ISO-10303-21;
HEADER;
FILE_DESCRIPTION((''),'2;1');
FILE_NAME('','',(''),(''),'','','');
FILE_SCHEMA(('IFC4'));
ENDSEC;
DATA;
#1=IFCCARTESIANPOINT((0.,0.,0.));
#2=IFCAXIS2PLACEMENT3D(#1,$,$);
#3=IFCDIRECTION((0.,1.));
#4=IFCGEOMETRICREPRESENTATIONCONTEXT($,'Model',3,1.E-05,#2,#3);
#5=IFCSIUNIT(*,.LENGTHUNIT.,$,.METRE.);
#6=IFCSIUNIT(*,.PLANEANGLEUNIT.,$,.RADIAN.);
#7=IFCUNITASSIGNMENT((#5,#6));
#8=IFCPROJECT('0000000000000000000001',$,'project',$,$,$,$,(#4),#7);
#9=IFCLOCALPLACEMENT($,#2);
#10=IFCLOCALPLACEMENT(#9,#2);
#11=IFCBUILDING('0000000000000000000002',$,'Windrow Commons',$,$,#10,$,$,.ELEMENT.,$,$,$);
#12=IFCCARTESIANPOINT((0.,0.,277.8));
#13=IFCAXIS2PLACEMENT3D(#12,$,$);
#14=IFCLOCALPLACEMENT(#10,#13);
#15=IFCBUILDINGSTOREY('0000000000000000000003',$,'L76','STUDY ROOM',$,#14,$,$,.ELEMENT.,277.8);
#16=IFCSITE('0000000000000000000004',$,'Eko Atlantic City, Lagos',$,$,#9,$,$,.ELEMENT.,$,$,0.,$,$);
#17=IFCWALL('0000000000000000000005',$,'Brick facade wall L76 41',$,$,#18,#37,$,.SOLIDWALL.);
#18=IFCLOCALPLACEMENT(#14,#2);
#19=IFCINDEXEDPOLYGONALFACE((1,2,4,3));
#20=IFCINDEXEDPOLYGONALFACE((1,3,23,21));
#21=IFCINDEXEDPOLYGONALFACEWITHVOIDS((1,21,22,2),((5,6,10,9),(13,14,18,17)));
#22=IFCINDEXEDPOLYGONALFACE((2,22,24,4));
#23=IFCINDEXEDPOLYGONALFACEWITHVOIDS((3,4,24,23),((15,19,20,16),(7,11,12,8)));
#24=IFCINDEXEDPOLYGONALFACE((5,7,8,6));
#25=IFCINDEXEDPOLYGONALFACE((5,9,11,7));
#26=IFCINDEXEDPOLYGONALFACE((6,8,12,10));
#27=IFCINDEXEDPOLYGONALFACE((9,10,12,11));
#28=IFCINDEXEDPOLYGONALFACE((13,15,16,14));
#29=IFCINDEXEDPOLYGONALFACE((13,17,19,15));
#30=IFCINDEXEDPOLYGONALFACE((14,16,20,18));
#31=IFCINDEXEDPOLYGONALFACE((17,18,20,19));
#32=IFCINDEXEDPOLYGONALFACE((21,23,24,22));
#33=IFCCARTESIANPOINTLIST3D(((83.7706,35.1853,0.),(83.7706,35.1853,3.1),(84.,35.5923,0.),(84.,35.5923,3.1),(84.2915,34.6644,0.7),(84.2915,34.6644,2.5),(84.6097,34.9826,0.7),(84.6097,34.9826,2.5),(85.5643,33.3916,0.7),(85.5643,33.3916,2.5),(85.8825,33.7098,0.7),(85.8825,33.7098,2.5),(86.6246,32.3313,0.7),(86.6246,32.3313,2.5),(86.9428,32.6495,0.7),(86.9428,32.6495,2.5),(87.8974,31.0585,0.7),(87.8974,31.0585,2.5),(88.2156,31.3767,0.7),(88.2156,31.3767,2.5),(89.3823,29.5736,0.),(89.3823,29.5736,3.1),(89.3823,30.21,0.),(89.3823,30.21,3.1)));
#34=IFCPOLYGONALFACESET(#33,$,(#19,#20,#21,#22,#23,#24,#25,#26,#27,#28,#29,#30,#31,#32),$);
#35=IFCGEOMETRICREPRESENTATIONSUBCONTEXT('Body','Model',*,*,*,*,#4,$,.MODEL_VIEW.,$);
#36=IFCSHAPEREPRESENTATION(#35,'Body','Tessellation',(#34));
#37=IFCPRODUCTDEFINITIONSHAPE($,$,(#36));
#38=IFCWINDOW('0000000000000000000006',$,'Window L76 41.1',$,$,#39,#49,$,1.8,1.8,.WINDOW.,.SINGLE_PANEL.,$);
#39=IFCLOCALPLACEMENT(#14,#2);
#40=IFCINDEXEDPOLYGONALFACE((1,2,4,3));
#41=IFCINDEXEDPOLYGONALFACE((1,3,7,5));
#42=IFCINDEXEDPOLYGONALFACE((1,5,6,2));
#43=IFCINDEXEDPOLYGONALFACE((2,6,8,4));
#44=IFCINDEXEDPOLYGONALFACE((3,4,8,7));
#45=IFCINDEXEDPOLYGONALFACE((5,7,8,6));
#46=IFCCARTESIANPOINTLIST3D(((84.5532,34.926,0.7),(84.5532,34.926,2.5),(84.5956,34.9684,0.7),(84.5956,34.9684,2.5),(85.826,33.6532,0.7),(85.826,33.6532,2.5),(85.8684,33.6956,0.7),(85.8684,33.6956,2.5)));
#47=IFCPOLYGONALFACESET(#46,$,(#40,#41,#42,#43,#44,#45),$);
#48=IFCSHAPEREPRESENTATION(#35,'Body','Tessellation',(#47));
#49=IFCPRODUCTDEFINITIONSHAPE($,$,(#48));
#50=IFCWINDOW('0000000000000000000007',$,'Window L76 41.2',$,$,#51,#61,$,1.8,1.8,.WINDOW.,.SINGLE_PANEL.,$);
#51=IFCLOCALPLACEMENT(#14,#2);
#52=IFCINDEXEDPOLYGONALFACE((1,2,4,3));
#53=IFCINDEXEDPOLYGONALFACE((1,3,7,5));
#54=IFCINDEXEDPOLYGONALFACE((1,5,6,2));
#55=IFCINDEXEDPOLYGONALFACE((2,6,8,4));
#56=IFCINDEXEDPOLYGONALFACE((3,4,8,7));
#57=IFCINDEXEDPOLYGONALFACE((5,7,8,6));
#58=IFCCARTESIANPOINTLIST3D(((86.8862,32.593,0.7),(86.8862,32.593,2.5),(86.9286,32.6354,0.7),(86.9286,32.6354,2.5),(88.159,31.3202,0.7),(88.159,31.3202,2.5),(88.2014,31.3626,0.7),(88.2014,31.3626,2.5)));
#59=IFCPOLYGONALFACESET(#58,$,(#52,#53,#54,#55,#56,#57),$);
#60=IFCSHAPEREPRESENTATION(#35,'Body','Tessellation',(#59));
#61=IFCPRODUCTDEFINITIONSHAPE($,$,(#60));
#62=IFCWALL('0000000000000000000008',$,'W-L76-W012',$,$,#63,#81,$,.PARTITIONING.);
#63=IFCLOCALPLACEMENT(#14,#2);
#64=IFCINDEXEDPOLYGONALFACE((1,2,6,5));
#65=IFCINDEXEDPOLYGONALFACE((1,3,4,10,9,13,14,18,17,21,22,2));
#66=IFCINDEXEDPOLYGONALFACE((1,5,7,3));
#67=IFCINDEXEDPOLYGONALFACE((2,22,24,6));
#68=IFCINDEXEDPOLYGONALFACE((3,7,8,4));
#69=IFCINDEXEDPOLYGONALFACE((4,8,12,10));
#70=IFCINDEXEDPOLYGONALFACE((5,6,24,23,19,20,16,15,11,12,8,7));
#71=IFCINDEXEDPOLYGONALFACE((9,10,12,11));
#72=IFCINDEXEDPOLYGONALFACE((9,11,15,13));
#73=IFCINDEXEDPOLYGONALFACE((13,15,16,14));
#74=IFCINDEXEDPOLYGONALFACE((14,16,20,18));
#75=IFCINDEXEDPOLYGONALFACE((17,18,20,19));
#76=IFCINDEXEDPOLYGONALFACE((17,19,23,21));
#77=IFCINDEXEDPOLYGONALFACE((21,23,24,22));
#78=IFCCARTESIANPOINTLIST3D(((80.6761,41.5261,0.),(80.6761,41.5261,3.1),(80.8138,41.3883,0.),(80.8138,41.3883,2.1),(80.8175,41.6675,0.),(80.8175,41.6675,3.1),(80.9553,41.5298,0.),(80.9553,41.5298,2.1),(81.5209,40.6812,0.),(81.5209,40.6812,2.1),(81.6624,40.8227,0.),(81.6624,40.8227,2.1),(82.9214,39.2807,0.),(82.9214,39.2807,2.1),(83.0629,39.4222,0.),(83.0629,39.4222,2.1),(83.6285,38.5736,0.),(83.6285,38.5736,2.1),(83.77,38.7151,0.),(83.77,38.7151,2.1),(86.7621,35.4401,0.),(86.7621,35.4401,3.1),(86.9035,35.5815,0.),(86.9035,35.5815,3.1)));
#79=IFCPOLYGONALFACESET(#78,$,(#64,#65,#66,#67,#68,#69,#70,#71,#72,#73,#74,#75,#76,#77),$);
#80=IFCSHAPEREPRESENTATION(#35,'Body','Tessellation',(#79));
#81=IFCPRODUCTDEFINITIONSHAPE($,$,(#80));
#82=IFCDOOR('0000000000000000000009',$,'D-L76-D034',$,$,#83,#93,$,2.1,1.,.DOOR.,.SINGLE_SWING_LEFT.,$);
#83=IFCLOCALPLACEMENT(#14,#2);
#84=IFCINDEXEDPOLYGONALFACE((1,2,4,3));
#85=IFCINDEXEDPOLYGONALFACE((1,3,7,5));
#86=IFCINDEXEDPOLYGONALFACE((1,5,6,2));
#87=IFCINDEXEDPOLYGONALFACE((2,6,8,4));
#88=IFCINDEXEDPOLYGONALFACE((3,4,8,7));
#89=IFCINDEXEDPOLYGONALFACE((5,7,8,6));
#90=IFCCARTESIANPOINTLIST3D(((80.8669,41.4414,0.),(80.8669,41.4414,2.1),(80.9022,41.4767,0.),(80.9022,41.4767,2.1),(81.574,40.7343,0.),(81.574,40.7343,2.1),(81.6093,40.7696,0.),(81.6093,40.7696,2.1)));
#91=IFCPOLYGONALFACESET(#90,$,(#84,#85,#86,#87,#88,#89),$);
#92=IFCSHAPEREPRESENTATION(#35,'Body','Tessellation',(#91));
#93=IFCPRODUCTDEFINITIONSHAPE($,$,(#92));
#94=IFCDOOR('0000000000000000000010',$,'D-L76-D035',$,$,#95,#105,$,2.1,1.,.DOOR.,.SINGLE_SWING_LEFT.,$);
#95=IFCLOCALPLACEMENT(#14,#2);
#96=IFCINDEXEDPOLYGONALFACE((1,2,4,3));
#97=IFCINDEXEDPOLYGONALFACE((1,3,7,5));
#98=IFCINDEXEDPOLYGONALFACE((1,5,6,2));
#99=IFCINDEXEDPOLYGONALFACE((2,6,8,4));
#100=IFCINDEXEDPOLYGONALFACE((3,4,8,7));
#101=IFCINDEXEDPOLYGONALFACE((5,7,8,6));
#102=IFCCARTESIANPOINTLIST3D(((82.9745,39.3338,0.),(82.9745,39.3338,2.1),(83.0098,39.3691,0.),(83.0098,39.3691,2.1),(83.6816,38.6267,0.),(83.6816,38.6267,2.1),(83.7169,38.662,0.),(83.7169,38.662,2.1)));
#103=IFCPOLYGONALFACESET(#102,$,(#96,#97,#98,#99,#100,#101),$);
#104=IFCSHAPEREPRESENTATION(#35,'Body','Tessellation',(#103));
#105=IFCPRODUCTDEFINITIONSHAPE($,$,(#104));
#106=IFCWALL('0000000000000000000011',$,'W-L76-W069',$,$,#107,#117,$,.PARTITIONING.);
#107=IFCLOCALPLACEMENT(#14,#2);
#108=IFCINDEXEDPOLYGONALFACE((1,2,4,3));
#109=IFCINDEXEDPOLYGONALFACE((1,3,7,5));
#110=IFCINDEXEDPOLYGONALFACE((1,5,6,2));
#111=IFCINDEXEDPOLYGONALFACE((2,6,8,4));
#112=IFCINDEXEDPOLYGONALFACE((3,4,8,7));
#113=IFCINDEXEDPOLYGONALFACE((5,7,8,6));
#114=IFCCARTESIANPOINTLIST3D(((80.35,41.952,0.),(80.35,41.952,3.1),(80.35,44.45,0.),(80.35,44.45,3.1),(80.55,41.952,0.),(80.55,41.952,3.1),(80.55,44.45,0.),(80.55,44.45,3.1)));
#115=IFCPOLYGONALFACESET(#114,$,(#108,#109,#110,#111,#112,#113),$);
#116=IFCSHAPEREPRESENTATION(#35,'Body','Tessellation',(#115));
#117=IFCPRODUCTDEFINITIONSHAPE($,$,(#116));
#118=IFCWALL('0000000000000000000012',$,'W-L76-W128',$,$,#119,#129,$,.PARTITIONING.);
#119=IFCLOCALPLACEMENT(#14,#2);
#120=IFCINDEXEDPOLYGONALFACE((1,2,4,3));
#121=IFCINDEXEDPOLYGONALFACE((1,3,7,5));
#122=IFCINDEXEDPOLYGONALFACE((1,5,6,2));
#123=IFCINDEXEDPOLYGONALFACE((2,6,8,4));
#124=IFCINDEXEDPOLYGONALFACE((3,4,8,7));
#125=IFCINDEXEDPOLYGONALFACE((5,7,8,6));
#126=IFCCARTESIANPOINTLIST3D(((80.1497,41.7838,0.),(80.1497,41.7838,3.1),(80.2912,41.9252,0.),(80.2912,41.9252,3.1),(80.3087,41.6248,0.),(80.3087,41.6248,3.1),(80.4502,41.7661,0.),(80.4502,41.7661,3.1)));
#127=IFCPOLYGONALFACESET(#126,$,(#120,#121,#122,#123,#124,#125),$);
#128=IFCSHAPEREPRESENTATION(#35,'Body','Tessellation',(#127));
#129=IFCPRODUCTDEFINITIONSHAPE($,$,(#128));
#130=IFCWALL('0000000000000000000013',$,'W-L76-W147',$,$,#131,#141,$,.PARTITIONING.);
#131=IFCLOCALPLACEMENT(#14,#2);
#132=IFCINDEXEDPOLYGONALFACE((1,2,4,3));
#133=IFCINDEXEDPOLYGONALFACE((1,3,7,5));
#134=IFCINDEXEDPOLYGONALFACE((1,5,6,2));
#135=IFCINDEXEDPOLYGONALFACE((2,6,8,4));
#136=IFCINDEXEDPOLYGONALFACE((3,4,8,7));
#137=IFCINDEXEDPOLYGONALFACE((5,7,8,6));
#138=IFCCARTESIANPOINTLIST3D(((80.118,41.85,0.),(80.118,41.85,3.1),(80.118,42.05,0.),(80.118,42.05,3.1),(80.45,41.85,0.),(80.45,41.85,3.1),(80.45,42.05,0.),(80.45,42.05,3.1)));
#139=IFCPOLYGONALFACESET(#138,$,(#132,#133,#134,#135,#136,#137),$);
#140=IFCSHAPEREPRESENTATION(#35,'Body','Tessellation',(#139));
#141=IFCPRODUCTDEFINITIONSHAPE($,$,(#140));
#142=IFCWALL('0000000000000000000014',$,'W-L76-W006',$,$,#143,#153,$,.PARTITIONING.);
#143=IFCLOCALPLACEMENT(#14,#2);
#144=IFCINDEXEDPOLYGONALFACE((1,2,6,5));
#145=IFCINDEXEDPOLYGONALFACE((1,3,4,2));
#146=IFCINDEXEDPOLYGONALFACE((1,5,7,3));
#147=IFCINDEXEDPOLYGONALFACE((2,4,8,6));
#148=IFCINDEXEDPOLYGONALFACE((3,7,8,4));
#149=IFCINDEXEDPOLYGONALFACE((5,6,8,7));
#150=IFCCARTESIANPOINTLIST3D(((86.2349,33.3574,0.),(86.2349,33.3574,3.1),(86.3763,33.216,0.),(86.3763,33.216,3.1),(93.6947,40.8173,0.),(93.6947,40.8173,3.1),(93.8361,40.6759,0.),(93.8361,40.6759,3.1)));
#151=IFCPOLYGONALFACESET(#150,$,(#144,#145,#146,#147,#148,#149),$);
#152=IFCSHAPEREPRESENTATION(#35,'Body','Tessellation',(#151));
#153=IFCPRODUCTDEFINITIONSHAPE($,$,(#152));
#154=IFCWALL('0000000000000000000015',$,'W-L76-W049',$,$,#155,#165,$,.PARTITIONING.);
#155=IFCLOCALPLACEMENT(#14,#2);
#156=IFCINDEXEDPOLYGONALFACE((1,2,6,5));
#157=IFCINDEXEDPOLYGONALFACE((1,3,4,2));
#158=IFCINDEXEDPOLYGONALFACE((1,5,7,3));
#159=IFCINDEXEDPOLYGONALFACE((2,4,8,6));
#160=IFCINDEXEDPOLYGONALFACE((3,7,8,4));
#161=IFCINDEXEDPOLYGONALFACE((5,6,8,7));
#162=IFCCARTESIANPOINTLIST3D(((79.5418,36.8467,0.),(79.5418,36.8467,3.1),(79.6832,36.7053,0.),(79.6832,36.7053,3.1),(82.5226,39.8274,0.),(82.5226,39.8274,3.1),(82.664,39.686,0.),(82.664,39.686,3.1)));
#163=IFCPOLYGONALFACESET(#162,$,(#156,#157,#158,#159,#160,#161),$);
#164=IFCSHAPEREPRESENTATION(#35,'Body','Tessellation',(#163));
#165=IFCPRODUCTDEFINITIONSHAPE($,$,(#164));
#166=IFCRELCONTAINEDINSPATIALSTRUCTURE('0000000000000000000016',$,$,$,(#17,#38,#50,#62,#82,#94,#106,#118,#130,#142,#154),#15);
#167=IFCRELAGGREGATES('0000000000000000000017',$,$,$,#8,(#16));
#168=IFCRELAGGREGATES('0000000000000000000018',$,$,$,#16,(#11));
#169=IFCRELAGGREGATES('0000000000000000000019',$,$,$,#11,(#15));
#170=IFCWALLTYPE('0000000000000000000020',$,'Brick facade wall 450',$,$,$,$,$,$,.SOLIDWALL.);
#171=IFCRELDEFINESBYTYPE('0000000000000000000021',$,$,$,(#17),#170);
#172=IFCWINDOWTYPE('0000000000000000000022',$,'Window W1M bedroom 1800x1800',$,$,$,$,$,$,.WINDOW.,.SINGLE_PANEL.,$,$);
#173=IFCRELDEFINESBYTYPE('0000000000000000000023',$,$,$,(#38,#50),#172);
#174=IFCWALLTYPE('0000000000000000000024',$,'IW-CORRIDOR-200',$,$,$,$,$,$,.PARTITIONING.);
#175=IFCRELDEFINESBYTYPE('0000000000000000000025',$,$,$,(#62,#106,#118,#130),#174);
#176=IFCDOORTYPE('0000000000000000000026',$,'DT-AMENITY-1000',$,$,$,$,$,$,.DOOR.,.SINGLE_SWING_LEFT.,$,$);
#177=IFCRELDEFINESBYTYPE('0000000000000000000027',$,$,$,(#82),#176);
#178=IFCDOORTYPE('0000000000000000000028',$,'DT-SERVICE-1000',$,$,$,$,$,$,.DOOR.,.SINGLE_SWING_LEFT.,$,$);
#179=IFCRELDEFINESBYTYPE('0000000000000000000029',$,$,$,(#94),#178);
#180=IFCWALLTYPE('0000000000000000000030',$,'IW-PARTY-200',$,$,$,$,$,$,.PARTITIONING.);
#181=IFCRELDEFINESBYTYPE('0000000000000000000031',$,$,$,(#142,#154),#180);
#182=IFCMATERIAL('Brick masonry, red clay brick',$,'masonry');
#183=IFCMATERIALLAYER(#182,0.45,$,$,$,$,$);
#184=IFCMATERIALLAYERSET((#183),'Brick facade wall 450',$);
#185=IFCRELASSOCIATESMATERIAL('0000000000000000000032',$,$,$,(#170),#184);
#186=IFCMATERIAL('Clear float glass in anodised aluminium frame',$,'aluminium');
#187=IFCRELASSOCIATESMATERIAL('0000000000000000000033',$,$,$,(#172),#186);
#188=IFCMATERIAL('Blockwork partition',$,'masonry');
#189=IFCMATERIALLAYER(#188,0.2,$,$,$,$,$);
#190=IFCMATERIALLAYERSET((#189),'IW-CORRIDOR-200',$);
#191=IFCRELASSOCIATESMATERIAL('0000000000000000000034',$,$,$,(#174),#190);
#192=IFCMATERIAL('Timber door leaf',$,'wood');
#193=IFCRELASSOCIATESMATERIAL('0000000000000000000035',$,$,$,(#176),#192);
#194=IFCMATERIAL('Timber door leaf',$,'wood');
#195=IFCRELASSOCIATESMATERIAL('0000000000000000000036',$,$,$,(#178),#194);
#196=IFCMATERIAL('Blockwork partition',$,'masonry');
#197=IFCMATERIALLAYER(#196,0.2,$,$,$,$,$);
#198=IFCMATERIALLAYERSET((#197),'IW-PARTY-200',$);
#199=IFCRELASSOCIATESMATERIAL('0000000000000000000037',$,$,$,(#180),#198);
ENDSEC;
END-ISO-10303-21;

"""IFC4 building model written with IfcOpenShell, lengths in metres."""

from ifc_helpers import new_model, si_unit, direction, frame, frame_2d, origin, place, context, subcontext, project, spatial, polyline, rectangle, outline, extrude, material, layer, layer_set, type_object, element, fill, save


model = new_model("IFC4")

# Units and contexts
model_context = context("Model", 3, precision=1e-05, world=origin(), true_north=direction((0.0, 1.0)))
body_context = subcontext(model_context, "Body", "Model", "MODEL_VIEW")
ifc_project = project(units=[si_unit("LENGTHUNIT", "METRE"), si_unit("PLANEANGLEUNIT", "RADIAN")], contexts=[model_context])

# Site, building, storey
site_placement = place(None, origin())
site = spatial("IfcSite", under=ifc_project, at=site_placement, Name="Eko Atlantic City, Lagos", CompositionType="ELEMENT", RefElevation=0.0)
building_placement = place(site_placement, origin())
building = spatial("IfcBuilding", under=site, at=building_placement, Name="Windrow Commons", CompositionType="ELEMENT")
storey_placement = place(building_placement, frame((0.0, 0.0, 277.8)))
storey = spatial("IfcBuildingStorey", under=building, at=storey_placement, Name="L76", Description="STUDY ROOM", CompositionType="ELEMENT", Elevation=277.8)

# Shared definitions
ifc_material_1 = material(Name="Brick masonry, red clay brick", Category="masonry")
ifc_layer_1 = layer(ifc_material_1, 0.45)
ifc_layer_set_1 = layer_set([ifc_layer_1], Name="Brick facade wall 450")
wall_type_1 = type_object("IfcWallType", Name="Brick facade wall 450", PredefinedType="SOLIDWALL", material=ifc_layer_set_1)
ifc_material_2 = material(Name="Clear float glass in anodised aluminium frame", Category="aluminium")
window_type_1 = type_object("IfcWindowType", Name="Window W1M bedroom 1800x1800", PartitioningType="SINGLE_PANEL", PredefinedType="WINDOW", material=ifc_material_2)

# Wall, openings, windows
wall_1_placement = place(storey_placement, frame((83.8853, 35.3888, 0.0), z_axis=(0.0, 0.0, 1.0), x_axis=(0.707107, -0.707107, 0.0)))
wall_1 = element("IfcWall", 1, at=wall_1_placement, inside=storey, type_object=wall_type_1, Name="Brick facade wall L76 41", PredefinedType="SOLIDWALL", context=body_context, shape_type="SweptSolid", body=[
    extrude(outline(polyline([(0.0628, -0.225), (7.9989, -0.225), (7.5489, 0.225), (-0.0628, 0.225), (0.0628, -0.225)])), origin(), (0.0, 0.0, 1.0), 3.1),
])
opening_1_placement = place(wall_1_placement, frame((0.7995, 0.0, 0.7)))
opening_1 = element("IfcOpeningElement", 2, at=opening_1_placement, cuts=wall_1, PredefinedType="OPENING", context=body_context, shape_type="SweptSolid", body=[
    extrude(rectangle(XDim=1.8, YDim=1.8, at=frame_2d((0.9, 0.9))), frame((0.0, 0.235, 0.0), z_axis=(0.0, -1.0, 0.0), x_axis=(1.0, 0.0, 0.0)), (0.0, 0.0, 1.0), 0.47),
])
opening_2_placement = place(wall_1_placement, frame((4.0989, 0.0, 0.7)))
opening_2 = element("IfcOpeningElement", 3, at=opening_2_placement, cuts=wall_1, PredefinedType="OPENING", context=body_context, shape_type="SweptSolid", body=[
    extrude(rectangle(XDim=1.8, YDim=1.8, at=frame_2d((0.9, 0.9))), frame((0.0, 0.235, 0.0), z_axis=(0.0, -1.0, 0.0), x_axis=(1.0, 0.0, 0.0)), (0.0, 0.0, 1.0), 0.47),
])
window_1_placement = place(opening_1_placement, origin())
window_1 = element("IfcWindow", 4, at=window_1_placement, inside=storey, type_object=window_type_1, Name="Window L76 41.1", OverallHeight=1.8, OverallWidth=1.8, PartitioningType="SINGLE_PANEL", PredefinedType="WINDOW", context=body_context, shape_type="SweptSolid", body=[
    extrude(rectangle(XDim=1.8, YDim=1.8, at=frame_2d((0.9, 0.9))), frame((0.0, 0.205, 0.0), z_axis=(0.0, -1.0, 0.0), x_axis=(1.0, 0.0, 0.0)), (0.0, 0.0, 1.0), 0.06),
])
fill(opening_1, window_1)
window_2_placement = place(opening_2_placement, origin())
window_2 = element("IfcWindow", 5, at=window_2_placement, inside=storey, type_object=window_type_1, Name="Window L76 41.2", OverallHeight=1.8, OverallWidth=1.8, PartitioningType="SINGLE_PANEL", PredefinedType="WINDOW", context=body_context, shape_type="SweptSolid", body=[
    extrude(rectangle(XDim=1.8, YDim=1.8, at=frame_2d((0.9, 0.9))), frame((0.0, 0.205, 0.0), z_axis=(0.0, -1.0, 0.0), x_axis=(1.0, 0.0, 0.0)), (0.0, 0.0, 1.0), 0.06),
])
fill(opening_2, window_2)

# Wall, openings, doors
ifc_material_3 = material(Name="Blockwork partition", Category="masonry")
ifc_layer_2 = layer(ifc_material_3, 0.2)
ifc_layer_set_2 = layer_set([ifc_layer_2], Name="IW-CORRIDOR-200")
wall_type_2 = type_object("IfcWallType", Name="IW-CORRIDOR-200", PredefinedType="PARTITIONING", material=ifc_layer_set_2)
wall_2_placement = place(storey_placement, frame((80.7468, 41.5968, 0.0), z_axis=(0.0, 0.0, 1.0), x_axis=(0.707107, -0.707107, 0.0)))
wall_2 = element("IfcWall", 6, at=wall_2_placement, inside=storey, type_object=wall_type_2, Name="W-L76-W012", PredefinedType="PARTITIONING", context=body_context, shape_type="SweptSolid", body=[
    extrude(rectangle(XDim=8.6069, YDim=0.2, at=frame_2d((4.3034, 0.0))), origin(), (0.0, 0.0, 1.0), 3.1),
])
opening_3_placement = place(wall_2_placement, frame((0.1948, 0.0, 0.0)))
opening_3 = element("IfcOpeningElement", 7, at=opening_3_placement, cuts=wall_2, PredefinedType="OPENING", context=body_context, shape_type="SweptSolid", body=[
    extrude(rectangle(XDim=1.0, YDim=2.1, at=frame_2d((0.5, 1.05))), frame((0.0, 0.11, 0.0), z_axis=(0.0, -1.0, 0.0), x_axis=(1.0, 0.0, 0.0)), (0.0, 0.0, 1.0), 0.22),
])
opening_4_placement = place(wall_2_placement, frame((3.1754, 0.0, 0.0)))
opening_4 = element("IfcOpeningElement", 8, at=opening_4_placement, cuts=wall_2, PredefinedType="OPENING", context=body_context, shape_type="SweptSolid", body=[
    extrude(rectangle(XDim=1.0, YDim=2.1, at=frame_2d((0.5, 1.05))), frame((0.0, 0.11, 0.0), z_axis=(0.0, -1.0, 0.0), x_axis=(1.0, 0.0, 0.0)), (0.0, 0.0, 1.0), 0.22),
])
ifc_material_4 = material(Name="Timber door leaf", Category="wood")
door_type_1 = type_object("IfcDoorType", Name="DT-AMENITY-1000", OperationType="SINGLE_SWING_LEFT", PredefinedType="DOOR", material=ifc_material_4)
door_1_placement = place(opening_3_placement, origin())
door_1 = element("IfcDoor", 9, at=door_1_placement, inside=storey, type_object=door_type_1, Name="D-L76-D034", OperationType="SINGLE_SWING_LEFT", OverallHeight=2.1, OverallWidth=1.0, PredefinedType="DOOR", context=body_context, shape_type="SweptSolid", body=[
    extrude(rectangle(XDim=1.0, YDim=2.1, at=frame_2d((0.5, 1.05))), frame((0.0, 0.025, 0.0), z_axis=(0.0, -1.0, 0.0), x_axis=(1.0, 0.0, 0.0)), (0.0, 0.0, 1.0), 0.05),
])
fill(opening_3, door_1)
ifc_material_5 = material(Name="Timber door leaf", Category="wood")
door_type_2 = type_object("IfcDoorType", Name="DT-SERVICE-1000", OperationType="SINGLE_SWING_LEFT", PredefinedType="DOOR", material=ifc_material_5)
door_2_placement = place(opening_4_placement, origin())
door_2 = element("IfcDoor", 10, at=door_2_placement, inside=storey, type_object=door_type_2, Name="D-L76-D035", OperationType="SINGLE_SWING_LEFT", OverallHeight=2.1, OverallWidth=1.0, PredefinedType="DOOR", context=body_context, shape_type="SweptSolid", body=[
    extrude(rectangle(XDim=1.0, YDim=2.1, at=frame_2d((0.5, 1.05))), frame((0.0, 0.025, 0.0), z_axis=(0.0, -1.0, 0.0), x_axis=(1.0, 0.0, 0.0)), (0.0, 0.0, 1.0), 0.05),
])
fill(opening_4, door_2)

# Walls
wall_3_placement = place(storey_placement, frame((80.45, 41.952, 0.0), z_axis=(0.0, 0.0, 1.0), x_axis=(0.0, 1.0, 0.0)))
element("IfcWall", 11, at=wall_3_placement, inside=storey, type_object=wall_type_2, Name="W-L76-W069", PredefinedType="PARTITIONING", context=body_context, shape_type="SweptSolid", body=[
    extrude(rectangle(XDim=2.498, YDim=0.2, at=frame_2d((1.249, 0.0))), origin(), (0.0, 0.0, 1.0), 3.1),
])
wall_4_placement = place(storey_placement, frame((80.2205, 41.8545, 0.0), z_axis=(0.0, 0.0, 1.0), x_axis=(0.706884, -0.707329, 0.0)))
element("IfcWall", 12, at=wall_4_placement, inside=storey, type_object=wall_type_2, Name="W-L76-W128", PredefinedType="PARTITIONING", context=body_context, shape_type="SweptSolid", body=[
    extrude(rectangle(XDim=0.2249, YDim=0.2, at=frame_2d((0.1124, 0.0))), origin(), (0.0, 0.0, 1.0), 3.1),
])
wall_5_placement = place(storey_placement, frame((80.118, 41.95, 0.0), z_axis=(0.0, 0.0, 1.0), x_axis=(1.0, 0.0, 0.0)))
element("IfcWall", 13, at=wall_5_placement, inside=storey, type_object=wall_type_2, Name="W-L76-W147", PredefinedType="PARTITIONING", context=body_context, shape_type="SweptSolid", body=[
    extrude(rectangle(XDim=0.332, YDim=0.2, at=frame_2d((0.166, 0.0))), origin(), (0.0, 0.0, 1.0), 3.1),
])
ifc_material_6 = material(Name="Blockwork partition", Category="masonry")
ifc_layer_3 = layer(ifc_material_6, 0.2)
ifc_layer_set_3 = layer_set([ifc_layer_3], Name="IW-PARTY-200")
wall_type_3 = type_object("IfcWallType", Name="IW-PARTY-200", PredefinedType="PARTITIONING", material=ifc_layer_set_3)
wall_6_placement = place(storey_placement, frame((86.3056, 33.2867, 0.0), z_axis=(0.0, 0.0, 1.0), x_axis=(0.707102, 0.707112, 0.0)))
element("IfcWall", 14, at=wall_6_placement, inside=storey, type_object=wall_type_3, Name="W-L76-W006", PredefinedType="PARTITIONING", context=body_context, shape_type="SweptSolid", body=[
    extrude(rectangle(XDim=10.5498, YDim=0.2, at=frame_2d((5.2749, 0.0))), origin(), (0.0, 0.0, 1.0), 3.1),
])
wall_7_placement = place(storey_placement, frame((79.6125, 36.776, 0.0), z_axis=(0.0, 0.0, 1.0), x_axis=(0.707119, 0.707095, 0.0)))
element("IfcWall", 15, at=wall_7_placement, inside=storey, type_object=wall_type_3, Name="W-L76-W049", PredefinedType="PARTITIONING", context=body_context, shape_type="SweptSolid", body=[
    extrude(rectangle(XDim=4.2154, YDim=0.2, at=frame_2d((2.1077, 0.0))), origin(), (0.0, 0.0, 1.0), 3.1),
])

save(model, "model.ifc")
